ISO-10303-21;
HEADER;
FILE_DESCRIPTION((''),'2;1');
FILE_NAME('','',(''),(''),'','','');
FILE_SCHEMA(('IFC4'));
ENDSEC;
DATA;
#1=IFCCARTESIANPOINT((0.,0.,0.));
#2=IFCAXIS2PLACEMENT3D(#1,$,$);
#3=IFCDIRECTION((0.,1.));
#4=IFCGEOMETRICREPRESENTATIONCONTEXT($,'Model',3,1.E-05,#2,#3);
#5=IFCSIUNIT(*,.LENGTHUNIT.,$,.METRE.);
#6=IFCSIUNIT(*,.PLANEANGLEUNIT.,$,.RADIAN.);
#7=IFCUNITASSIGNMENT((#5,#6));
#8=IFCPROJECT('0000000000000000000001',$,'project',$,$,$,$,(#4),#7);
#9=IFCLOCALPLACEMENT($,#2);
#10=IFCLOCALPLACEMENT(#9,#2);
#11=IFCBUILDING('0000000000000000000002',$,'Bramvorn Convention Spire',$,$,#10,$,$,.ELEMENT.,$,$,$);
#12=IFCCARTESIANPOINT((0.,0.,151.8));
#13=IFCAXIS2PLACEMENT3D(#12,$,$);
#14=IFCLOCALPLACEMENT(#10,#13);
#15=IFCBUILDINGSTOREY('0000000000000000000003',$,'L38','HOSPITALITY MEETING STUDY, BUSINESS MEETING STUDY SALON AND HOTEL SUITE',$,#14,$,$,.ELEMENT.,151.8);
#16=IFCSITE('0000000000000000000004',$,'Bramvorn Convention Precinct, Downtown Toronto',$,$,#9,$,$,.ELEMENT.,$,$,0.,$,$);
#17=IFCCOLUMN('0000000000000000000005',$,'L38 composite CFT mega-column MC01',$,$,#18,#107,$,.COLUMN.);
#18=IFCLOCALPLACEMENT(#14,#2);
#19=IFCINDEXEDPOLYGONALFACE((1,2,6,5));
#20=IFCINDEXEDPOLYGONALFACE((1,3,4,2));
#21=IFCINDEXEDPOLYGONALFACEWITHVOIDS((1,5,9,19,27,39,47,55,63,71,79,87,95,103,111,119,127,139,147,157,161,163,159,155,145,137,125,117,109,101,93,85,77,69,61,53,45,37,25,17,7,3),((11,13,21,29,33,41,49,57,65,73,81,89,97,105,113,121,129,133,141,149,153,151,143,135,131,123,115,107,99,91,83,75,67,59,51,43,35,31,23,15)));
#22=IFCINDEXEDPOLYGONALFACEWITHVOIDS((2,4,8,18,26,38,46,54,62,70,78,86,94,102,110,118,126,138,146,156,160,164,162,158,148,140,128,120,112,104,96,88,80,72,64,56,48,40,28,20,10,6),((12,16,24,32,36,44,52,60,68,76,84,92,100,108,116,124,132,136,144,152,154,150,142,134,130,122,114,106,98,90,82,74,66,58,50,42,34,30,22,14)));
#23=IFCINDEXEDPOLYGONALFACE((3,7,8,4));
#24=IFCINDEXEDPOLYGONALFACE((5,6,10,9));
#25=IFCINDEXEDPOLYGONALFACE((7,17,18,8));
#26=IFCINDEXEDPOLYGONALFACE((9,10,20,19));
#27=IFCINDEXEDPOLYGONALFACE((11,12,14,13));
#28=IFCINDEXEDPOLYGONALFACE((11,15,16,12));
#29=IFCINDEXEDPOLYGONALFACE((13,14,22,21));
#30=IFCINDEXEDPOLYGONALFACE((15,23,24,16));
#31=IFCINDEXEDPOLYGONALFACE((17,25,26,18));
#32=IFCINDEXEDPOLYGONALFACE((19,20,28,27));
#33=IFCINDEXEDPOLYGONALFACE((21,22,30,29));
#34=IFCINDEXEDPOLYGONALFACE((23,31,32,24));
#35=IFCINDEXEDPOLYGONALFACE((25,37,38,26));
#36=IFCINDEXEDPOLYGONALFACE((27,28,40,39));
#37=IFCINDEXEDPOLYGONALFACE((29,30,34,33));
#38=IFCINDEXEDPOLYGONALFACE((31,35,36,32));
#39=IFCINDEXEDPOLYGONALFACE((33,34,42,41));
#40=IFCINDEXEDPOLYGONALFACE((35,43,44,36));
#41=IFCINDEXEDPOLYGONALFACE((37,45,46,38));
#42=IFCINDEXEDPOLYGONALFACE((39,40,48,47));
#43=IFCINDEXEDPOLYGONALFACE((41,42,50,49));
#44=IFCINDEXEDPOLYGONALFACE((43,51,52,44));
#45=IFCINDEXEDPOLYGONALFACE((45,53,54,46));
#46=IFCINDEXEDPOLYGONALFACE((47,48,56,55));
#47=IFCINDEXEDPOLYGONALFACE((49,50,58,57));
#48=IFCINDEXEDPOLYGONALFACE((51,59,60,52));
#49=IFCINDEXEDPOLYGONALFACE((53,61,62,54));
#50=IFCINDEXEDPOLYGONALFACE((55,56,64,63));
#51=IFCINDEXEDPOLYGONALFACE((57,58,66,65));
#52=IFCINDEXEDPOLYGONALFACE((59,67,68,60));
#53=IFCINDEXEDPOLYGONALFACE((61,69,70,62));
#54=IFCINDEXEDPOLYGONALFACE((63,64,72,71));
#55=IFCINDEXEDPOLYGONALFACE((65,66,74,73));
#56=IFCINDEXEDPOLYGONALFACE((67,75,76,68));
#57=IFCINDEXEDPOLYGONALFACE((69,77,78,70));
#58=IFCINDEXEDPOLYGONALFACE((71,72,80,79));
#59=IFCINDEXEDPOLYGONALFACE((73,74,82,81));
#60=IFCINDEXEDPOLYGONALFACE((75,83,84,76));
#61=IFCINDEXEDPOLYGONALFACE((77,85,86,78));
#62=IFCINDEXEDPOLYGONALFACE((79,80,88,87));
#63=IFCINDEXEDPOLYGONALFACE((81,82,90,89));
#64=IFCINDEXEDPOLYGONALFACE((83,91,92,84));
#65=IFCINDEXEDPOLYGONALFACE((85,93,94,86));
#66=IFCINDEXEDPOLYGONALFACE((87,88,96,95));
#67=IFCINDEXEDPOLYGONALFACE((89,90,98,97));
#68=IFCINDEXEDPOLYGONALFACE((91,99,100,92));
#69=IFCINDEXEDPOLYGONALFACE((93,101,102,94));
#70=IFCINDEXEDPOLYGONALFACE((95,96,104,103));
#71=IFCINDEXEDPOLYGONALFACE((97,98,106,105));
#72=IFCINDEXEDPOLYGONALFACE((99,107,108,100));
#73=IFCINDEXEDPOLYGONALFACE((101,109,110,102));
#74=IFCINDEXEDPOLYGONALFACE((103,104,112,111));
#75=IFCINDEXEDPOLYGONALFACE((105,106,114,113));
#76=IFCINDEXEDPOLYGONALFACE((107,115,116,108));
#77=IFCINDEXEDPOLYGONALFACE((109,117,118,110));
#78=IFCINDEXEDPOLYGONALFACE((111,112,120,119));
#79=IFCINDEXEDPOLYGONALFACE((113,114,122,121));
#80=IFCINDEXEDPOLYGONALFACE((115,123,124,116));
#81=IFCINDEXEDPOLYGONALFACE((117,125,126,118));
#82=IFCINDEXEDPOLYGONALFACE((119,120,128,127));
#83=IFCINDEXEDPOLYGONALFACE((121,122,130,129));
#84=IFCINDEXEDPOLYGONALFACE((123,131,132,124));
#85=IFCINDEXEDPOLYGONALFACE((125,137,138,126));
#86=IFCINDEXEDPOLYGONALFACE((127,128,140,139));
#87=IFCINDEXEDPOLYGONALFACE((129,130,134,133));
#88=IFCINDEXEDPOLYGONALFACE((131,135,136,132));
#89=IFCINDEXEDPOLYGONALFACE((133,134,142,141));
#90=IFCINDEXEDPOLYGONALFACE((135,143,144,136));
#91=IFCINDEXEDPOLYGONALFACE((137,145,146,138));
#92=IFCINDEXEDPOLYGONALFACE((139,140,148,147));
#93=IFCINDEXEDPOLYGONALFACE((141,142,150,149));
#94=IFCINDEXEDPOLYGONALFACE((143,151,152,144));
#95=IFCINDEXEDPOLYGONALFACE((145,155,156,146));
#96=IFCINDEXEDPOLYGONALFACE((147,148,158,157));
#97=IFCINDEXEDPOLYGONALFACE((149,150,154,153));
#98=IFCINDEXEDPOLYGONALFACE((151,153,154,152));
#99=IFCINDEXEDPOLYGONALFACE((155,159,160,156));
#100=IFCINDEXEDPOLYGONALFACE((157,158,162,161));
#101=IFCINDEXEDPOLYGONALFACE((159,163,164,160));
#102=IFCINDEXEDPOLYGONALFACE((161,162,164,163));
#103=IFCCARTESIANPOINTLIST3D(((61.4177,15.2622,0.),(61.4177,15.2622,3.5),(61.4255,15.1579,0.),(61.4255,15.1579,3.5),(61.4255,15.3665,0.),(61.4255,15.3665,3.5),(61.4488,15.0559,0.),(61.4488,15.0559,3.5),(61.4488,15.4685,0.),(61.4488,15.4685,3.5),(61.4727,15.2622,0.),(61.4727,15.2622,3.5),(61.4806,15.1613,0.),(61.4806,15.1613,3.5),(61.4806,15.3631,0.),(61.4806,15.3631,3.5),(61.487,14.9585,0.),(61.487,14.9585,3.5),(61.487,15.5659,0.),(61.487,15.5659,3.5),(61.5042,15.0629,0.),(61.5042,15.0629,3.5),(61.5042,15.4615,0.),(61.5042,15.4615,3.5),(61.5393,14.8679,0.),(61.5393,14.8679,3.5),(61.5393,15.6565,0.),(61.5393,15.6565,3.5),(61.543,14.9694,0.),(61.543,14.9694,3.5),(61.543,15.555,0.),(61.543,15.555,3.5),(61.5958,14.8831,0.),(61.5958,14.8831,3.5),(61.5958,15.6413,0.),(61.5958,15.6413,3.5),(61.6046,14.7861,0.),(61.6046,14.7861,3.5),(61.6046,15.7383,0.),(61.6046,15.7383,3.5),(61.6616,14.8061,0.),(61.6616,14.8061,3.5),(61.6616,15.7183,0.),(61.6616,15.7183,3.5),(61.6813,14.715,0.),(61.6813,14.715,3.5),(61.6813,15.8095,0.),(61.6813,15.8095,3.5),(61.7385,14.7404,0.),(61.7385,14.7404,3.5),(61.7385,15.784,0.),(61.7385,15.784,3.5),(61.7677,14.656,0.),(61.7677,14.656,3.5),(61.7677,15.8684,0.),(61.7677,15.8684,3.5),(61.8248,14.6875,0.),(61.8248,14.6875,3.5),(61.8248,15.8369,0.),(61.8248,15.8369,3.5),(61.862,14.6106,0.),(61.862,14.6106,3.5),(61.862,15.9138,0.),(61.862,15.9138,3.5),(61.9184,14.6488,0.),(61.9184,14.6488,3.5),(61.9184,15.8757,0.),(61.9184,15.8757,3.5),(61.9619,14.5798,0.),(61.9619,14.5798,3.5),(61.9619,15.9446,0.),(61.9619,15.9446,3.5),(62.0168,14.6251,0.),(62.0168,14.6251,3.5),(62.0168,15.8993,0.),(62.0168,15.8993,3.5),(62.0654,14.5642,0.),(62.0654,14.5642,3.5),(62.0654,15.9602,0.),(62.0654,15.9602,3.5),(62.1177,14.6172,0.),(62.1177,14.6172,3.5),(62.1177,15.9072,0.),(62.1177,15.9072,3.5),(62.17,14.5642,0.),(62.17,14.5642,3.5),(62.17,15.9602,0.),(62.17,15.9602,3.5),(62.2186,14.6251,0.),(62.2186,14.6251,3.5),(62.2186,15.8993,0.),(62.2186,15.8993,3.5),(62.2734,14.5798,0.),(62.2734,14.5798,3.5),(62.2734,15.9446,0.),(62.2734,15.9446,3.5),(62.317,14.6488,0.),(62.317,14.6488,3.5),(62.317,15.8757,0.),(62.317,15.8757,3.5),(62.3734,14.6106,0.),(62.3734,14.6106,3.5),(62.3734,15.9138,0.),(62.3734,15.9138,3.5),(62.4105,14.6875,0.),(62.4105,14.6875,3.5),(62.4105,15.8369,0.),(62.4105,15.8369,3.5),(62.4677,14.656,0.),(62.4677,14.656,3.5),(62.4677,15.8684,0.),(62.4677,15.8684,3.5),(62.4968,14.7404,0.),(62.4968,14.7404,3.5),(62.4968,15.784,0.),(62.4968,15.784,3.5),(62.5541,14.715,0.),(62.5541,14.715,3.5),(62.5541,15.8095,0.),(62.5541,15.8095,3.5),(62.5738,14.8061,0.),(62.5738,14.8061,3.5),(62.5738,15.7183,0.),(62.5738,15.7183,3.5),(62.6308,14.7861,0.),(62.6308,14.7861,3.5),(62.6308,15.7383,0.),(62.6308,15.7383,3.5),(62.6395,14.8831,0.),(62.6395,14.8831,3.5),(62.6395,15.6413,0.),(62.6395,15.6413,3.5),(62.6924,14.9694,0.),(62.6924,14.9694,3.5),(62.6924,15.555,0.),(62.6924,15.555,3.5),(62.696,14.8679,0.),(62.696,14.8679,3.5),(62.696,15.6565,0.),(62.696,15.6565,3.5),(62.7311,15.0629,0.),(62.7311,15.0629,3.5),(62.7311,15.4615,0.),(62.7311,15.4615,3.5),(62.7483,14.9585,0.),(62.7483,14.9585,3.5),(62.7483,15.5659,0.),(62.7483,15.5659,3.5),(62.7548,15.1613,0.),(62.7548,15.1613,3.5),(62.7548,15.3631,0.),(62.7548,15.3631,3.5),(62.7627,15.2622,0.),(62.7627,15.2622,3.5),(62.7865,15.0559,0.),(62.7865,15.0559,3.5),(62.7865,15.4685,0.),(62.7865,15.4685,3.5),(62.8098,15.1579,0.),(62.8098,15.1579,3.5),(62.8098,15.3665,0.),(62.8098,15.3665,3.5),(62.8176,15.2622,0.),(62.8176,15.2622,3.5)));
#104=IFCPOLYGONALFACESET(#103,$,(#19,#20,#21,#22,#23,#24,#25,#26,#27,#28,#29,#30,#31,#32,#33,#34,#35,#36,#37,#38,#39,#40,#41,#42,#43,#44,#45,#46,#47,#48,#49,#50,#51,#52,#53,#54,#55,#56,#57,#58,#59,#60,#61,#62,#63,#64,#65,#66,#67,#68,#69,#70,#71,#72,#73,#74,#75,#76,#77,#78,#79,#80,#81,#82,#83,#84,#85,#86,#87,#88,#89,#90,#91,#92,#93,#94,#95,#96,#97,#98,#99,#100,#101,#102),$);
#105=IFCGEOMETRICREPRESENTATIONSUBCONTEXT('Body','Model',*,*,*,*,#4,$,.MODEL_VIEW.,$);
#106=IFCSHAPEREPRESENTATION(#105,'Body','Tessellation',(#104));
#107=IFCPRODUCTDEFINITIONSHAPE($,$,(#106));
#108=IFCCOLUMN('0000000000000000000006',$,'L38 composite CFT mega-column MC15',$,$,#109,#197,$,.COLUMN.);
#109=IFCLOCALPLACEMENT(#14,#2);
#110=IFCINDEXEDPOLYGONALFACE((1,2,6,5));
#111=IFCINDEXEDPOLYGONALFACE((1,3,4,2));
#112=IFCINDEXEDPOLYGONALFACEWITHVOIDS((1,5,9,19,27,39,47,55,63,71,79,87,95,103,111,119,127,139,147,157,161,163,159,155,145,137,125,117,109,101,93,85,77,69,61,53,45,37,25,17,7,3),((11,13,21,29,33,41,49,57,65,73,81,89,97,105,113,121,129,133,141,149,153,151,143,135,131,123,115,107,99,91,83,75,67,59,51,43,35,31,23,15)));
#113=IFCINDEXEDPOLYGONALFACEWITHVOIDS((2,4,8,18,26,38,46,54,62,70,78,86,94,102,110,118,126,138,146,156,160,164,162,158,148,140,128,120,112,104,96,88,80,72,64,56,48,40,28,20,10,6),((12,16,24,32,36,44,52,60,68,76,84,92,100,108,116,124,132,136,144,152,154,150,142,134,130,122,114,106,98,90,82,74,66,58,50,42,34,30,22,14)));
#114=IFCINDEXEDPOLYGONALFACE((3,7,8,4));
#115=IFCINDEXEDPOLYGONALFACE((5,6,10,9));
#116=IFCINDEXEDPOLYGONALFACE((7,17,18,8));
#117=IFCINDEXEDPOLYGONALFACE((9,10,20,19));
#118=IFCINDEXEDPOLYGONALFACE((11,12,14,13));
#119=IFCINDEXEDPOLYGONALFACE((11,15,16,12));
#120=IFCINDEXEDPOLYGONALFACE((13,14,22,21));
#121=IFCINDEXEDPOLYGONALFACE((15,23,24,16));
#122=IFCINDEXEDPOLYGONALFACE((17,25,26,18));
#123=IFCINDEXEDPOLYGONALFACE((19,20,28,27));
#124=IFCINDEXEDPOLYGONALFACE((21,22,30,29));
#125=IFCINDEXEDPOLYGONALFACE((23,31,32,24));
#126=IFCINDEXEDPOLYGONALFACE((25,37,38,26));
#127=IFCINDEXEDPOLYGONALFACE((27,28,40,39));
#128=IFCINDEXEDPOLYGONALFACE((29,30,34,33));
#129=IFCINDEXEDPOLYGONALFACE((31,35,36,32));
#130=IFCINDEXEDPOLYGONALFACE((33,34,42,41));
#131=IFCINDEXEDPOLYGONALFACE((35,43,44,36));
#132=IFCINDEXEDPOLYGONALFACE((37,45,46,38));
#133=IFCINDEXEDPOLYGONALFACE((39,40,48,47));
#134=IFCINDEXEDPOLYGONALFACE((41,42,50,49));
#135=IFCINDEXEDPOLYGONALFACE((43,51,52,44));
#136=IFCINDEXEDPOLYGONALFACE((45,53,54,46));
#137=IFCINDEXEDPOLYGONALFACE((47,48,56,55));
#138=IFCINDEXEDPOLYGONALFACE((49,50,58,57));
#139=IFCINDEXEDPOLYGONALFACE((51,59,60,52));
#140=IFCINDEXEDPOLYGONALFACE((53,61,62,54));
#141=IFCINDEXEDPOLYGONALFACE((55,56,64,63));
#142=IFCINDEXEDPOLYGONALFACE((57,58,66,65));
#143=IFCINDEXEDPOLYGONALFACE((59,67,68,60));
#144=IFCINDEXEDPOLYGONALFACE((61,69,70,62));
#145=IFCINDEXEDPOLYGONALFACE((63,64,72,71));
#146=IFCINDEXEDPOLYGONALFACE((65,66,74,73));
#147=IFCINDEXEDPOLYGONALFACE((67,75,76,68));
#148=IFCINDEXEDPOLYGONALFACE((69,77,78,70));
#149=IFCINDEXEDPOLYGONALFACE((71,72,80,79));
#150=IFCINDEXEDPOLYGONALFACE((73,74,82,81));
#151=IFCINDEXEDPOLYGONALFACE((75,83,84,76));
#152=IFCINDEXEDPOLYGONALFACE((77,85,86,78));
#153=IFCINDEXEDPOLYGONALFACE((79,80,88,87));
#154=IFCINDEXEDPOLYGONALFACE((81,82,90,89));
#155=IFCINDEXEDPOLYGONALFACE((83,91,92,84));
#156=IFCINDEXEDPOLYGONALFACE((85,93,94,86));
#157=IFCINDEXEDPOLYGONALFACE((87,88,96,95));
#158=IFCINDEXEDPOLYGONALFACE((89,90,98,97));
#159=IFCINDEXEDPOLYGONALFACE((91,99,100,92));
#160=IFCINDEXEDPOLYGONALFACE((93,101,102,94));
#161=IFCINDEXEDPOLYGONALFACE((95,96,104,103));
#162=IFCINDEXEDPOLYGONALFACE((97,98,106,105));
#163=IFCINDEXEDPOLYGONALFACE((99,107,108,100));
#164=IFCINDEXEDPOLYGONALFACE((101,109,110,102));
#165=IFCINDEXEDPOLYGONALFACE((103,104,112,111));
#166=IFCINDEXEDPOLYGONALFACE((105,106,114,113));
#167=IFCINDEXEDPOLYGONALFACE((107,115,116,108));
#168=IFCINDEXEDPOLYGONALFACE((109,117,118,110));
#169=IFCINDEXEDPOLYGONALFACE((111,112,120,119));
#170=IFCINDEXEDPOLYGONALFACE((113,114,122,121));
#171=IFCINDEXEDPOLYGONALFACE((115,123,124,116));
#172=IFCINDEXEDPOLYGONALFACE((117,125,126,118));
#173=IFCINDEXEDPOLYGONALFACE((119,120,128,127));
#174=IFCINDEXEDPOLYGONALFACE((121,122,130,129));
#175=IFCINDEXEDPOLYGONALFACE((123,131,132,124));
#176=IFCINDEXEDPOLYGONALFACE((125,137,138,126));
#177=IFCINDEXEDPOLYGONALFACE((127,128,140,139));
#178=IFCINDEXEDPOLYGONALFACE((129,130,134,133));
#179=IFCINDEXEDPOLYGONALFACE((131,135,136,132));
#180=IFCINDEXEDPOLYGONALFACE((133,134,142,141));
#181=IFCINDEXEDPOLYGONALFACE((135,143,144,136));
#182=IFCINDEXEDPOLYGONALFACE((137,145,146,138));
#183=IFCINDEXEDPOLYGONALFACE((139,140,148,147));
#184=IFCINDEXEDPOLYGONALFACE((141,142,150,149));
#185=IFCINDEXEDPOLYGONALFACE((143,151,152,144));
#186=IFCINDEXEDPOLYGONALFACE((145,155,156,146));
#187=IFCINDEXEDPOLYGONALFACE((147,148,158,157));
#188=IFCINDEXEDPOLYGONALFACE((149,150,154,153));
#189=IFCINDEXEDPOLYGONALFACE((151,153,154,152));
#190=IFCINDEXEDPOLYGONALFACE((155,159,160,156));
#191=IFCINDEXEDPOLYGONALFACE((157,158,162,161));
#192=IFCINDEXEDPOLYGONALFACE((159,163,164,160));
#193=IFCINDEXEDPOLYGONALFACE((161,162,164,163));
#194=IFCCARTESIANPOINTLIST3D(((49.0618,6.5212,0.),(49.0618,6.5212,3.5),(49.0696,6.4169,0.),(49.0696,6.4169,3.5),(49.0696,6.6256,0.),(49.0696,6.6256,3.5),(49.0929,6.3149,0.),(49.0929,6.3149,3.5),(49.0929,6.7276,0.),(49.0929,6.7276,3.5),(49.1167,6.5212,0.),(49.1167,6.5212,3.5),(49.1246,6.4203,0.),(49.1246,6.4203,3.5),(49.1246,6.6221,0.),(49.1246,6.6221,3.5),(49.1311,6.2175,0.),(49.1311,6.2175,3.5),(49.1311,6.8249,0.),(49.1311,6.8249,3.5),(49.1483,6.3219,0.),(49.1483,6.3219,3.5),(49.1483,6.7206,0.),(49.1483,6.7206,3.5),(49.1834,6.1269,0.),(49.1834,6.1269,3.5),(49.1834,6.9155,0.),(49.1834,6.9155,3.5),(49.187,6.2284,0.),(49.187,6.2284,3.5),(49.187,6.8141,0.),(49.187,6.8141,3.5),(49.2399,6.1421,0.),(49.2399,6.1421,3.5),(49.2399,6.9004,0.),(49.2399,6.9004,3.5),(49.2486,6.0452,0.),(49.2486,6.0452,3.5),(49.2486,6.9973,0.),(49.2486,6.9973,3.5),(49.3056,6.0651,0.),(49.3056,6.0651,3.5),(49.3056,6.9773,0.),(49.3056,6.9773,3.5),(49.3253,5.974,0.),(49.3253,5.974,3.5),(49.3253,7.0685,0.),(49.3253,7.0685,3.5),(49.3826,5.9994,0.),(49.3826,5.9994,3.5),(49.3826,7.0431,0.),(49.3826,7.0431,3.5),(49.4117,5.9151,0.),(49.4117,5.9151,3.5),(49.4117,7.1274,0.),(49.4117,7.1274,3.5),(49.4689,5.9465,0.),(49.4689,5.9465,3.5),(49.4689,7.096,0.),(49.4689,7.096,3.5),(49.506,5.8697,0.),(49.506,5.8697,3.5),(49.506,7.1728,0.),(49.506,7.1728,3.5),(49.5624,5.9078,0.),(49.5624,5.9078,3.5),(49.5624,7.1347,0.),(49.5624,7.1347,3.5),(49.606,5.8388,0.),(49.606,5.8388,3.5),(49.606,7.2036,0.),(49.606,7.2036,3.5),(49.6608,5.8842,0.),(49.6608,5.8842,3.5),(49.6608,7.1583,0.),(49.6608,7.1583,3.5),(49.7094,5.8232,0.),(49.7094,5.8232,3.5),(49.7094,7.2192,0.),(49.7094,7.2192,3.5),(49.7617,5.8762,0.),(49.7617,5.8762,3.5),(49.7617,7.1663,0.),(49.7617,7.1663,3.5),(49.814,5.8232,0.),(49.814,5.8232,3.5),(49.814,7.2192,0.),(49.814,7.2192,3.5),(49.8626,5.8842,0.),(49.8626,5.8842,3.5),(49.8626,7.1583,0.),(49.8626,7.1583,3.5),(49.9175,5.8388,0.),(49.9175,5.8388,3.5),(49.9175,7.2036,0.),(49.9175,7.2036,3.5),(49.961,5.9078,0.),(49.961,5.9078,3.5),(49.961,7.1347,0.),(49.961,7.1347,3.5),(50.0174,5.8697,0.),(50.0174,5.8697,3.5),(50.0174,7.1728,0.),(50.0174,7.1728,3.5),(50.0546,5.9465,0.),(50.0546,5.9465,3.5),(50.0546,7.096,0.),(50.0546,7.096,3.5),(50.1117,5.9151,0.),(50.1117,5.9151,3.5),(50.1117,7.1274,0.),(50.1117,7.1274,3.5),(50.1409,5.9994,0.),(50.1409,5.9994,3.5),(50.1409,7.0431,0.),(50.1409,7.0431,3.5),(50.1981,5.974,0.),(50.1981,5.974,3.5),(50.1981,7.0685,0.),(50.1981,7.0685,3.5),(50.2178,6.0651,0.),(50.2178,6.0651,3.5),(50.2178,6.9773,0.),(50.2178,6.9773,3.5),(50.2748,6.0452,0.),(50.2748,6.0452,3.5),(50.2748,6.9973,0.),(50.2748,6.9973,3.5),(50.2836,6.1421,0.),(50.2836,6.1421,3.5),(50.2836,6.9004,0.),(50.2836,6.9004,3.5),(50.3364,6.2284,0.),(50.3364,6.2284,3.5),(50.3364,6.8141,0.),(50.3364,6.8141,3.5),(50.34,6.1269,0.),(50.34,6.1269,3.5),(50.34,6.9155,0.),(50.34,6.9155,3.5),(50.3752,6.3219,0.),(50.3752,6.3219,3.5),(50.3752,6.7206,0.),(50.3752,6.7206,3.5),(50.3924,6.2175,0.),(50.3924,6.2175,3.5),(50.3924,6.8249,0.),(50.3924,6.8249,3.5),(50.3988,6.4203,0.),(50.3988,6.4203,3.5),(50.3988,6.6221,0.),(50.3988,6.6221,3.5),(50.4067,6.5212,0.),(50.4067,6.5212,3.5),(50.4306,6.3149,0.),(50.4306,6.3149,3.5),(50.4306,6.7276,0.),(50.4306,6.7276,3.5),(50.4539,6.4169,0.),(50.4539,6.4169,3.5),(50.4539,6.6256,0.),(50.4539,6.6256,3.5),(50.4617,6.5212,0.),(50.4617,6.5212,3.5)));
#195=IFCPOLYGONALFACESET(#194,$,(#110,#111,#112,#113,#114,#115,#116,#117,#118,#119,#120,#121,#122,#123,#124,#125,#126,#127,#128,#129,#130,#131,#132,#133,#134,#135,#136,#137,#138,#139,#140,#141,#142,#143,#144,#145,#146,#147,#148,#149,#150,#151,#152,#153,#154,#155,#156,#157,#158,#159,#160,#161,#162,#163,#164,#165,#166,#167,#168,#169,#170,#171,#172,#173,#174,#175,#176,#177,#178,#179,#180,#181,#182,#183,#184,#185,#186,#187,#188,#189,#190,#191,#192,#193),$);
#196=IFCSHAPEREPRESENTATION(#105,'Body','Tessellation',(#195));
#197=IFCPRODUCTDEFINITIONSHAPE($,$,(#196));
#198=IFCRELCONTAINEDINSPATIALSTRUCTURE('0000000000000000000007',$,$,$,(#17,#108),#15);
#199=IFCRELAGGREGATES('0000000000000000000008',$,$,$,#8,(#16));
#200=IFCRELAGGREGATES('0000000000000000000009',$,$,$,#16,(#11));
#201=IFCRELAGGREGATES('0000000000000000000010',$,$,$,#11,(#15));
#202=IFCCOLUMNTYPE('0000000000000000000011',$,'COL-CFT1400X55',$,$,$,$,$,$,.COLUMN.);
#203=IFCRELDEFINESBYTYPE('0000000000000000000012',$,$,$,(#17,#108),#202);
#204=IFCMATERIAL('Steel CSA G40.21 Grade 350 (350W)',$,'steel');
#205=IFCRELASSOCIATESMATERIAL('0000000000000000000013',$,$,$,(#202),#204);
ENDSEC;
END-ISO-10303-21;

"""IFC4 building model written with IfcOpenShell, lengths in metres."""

from ifc_helpers import new_model, si_unit, direction, frame, origin, origin_2d, place, context, subcontext, project, spatial, hollow_circle, extrude, material, material_profile, profile_set, type_object, element, save


model = new_model("IFC4")

# Units and contexts
model_context = context("Model", 3, precision=1e-05, world=origin(), true_north=direction((0.0, 1.0)))
body_context = subcontext(model_context, "Body", "Model", "MODEL_VIEW")
ifc_project = project(units=[si_unit("LENGTHUNIT", "METRE"), si_unit("PLANEANGLEUNIT", "RADIAN")], contexts=[model_context])

# Site, building, storey
site_placement = place(None, origin())
site = spatial("IfcSite", under=ifc_project, at=site_placement, Name="Bramvorn Convention Precinct, Downtown Toronto", CompositionType="ELEMENT", RefElevation=0.0)
building_placement = place(site_placement, origin())
building = spatial("IfcBuilding", under=site, at=building_placement, Name="Bramvorn Convention Spire", CompositionType="ELEMENT")
storey_placement = place(building_placement, frame((0.0, 0.0, 151.8)))
storey = spatial("IfcBuildingStorey", under=building, at=storey_placement, Name="L38", Description="HOSPITALITY MEETING STUDY, BUSINESS MEETING STUDY SALON AND HOTEL SUITE", CompositionType="ELEMENT", Elevation=151.8)

# Columns
ifc_material_1 = material(Name="Steel CSA G40.21 Grade 350 (350W)", Category="steel")
ifc_material_profile_1 = material_profile(ifc_material_1, hollow_circle(Radius=0.7, WallThickness=0.0549, at=origin_2d()))
ifc_profile_set_1 = profile_set([ifc_material_profile_1], Name="Steel CSA G40.21 Grade 350 (350W) - CFT1400X55")
column_type = type_object("IfcColumnType", Name="COL-CFT1400X55", PredefinedType="COLUMN", material=ifc_profile_set_1)
for number, where, z_axis, x_axis, name in (
    (1, (62.1177, 15.2622, 0.0), (0.0, 0.0, 1.0), (1.0, 0.0, 0.0), "L38 composite CFT mega-column MC01"),
    (2, (49.7617, 6.5212, 0.0), (0.0, 0.0, 1.0), (1.0, 0.0, 0.0), "L38 composite CFT mega-column MC15"),
):
    element("IfcColumn", number, at=place(storey_placement, frame(where, z_axis=z_axis, x_axis=x_axis)), inside=storey, type_object=column_type, Name=name, PredefinedType="COLUMN", context=body_context, shape_type="SweptSolid", body=[
        extrude(hollow_circle(Radius=0.7, WallThickness=0.0549, at=origin_2d()), origin(), (0.0, 0.0, 1.0), 3.5),
    ])

save(model, "model.ifc")
